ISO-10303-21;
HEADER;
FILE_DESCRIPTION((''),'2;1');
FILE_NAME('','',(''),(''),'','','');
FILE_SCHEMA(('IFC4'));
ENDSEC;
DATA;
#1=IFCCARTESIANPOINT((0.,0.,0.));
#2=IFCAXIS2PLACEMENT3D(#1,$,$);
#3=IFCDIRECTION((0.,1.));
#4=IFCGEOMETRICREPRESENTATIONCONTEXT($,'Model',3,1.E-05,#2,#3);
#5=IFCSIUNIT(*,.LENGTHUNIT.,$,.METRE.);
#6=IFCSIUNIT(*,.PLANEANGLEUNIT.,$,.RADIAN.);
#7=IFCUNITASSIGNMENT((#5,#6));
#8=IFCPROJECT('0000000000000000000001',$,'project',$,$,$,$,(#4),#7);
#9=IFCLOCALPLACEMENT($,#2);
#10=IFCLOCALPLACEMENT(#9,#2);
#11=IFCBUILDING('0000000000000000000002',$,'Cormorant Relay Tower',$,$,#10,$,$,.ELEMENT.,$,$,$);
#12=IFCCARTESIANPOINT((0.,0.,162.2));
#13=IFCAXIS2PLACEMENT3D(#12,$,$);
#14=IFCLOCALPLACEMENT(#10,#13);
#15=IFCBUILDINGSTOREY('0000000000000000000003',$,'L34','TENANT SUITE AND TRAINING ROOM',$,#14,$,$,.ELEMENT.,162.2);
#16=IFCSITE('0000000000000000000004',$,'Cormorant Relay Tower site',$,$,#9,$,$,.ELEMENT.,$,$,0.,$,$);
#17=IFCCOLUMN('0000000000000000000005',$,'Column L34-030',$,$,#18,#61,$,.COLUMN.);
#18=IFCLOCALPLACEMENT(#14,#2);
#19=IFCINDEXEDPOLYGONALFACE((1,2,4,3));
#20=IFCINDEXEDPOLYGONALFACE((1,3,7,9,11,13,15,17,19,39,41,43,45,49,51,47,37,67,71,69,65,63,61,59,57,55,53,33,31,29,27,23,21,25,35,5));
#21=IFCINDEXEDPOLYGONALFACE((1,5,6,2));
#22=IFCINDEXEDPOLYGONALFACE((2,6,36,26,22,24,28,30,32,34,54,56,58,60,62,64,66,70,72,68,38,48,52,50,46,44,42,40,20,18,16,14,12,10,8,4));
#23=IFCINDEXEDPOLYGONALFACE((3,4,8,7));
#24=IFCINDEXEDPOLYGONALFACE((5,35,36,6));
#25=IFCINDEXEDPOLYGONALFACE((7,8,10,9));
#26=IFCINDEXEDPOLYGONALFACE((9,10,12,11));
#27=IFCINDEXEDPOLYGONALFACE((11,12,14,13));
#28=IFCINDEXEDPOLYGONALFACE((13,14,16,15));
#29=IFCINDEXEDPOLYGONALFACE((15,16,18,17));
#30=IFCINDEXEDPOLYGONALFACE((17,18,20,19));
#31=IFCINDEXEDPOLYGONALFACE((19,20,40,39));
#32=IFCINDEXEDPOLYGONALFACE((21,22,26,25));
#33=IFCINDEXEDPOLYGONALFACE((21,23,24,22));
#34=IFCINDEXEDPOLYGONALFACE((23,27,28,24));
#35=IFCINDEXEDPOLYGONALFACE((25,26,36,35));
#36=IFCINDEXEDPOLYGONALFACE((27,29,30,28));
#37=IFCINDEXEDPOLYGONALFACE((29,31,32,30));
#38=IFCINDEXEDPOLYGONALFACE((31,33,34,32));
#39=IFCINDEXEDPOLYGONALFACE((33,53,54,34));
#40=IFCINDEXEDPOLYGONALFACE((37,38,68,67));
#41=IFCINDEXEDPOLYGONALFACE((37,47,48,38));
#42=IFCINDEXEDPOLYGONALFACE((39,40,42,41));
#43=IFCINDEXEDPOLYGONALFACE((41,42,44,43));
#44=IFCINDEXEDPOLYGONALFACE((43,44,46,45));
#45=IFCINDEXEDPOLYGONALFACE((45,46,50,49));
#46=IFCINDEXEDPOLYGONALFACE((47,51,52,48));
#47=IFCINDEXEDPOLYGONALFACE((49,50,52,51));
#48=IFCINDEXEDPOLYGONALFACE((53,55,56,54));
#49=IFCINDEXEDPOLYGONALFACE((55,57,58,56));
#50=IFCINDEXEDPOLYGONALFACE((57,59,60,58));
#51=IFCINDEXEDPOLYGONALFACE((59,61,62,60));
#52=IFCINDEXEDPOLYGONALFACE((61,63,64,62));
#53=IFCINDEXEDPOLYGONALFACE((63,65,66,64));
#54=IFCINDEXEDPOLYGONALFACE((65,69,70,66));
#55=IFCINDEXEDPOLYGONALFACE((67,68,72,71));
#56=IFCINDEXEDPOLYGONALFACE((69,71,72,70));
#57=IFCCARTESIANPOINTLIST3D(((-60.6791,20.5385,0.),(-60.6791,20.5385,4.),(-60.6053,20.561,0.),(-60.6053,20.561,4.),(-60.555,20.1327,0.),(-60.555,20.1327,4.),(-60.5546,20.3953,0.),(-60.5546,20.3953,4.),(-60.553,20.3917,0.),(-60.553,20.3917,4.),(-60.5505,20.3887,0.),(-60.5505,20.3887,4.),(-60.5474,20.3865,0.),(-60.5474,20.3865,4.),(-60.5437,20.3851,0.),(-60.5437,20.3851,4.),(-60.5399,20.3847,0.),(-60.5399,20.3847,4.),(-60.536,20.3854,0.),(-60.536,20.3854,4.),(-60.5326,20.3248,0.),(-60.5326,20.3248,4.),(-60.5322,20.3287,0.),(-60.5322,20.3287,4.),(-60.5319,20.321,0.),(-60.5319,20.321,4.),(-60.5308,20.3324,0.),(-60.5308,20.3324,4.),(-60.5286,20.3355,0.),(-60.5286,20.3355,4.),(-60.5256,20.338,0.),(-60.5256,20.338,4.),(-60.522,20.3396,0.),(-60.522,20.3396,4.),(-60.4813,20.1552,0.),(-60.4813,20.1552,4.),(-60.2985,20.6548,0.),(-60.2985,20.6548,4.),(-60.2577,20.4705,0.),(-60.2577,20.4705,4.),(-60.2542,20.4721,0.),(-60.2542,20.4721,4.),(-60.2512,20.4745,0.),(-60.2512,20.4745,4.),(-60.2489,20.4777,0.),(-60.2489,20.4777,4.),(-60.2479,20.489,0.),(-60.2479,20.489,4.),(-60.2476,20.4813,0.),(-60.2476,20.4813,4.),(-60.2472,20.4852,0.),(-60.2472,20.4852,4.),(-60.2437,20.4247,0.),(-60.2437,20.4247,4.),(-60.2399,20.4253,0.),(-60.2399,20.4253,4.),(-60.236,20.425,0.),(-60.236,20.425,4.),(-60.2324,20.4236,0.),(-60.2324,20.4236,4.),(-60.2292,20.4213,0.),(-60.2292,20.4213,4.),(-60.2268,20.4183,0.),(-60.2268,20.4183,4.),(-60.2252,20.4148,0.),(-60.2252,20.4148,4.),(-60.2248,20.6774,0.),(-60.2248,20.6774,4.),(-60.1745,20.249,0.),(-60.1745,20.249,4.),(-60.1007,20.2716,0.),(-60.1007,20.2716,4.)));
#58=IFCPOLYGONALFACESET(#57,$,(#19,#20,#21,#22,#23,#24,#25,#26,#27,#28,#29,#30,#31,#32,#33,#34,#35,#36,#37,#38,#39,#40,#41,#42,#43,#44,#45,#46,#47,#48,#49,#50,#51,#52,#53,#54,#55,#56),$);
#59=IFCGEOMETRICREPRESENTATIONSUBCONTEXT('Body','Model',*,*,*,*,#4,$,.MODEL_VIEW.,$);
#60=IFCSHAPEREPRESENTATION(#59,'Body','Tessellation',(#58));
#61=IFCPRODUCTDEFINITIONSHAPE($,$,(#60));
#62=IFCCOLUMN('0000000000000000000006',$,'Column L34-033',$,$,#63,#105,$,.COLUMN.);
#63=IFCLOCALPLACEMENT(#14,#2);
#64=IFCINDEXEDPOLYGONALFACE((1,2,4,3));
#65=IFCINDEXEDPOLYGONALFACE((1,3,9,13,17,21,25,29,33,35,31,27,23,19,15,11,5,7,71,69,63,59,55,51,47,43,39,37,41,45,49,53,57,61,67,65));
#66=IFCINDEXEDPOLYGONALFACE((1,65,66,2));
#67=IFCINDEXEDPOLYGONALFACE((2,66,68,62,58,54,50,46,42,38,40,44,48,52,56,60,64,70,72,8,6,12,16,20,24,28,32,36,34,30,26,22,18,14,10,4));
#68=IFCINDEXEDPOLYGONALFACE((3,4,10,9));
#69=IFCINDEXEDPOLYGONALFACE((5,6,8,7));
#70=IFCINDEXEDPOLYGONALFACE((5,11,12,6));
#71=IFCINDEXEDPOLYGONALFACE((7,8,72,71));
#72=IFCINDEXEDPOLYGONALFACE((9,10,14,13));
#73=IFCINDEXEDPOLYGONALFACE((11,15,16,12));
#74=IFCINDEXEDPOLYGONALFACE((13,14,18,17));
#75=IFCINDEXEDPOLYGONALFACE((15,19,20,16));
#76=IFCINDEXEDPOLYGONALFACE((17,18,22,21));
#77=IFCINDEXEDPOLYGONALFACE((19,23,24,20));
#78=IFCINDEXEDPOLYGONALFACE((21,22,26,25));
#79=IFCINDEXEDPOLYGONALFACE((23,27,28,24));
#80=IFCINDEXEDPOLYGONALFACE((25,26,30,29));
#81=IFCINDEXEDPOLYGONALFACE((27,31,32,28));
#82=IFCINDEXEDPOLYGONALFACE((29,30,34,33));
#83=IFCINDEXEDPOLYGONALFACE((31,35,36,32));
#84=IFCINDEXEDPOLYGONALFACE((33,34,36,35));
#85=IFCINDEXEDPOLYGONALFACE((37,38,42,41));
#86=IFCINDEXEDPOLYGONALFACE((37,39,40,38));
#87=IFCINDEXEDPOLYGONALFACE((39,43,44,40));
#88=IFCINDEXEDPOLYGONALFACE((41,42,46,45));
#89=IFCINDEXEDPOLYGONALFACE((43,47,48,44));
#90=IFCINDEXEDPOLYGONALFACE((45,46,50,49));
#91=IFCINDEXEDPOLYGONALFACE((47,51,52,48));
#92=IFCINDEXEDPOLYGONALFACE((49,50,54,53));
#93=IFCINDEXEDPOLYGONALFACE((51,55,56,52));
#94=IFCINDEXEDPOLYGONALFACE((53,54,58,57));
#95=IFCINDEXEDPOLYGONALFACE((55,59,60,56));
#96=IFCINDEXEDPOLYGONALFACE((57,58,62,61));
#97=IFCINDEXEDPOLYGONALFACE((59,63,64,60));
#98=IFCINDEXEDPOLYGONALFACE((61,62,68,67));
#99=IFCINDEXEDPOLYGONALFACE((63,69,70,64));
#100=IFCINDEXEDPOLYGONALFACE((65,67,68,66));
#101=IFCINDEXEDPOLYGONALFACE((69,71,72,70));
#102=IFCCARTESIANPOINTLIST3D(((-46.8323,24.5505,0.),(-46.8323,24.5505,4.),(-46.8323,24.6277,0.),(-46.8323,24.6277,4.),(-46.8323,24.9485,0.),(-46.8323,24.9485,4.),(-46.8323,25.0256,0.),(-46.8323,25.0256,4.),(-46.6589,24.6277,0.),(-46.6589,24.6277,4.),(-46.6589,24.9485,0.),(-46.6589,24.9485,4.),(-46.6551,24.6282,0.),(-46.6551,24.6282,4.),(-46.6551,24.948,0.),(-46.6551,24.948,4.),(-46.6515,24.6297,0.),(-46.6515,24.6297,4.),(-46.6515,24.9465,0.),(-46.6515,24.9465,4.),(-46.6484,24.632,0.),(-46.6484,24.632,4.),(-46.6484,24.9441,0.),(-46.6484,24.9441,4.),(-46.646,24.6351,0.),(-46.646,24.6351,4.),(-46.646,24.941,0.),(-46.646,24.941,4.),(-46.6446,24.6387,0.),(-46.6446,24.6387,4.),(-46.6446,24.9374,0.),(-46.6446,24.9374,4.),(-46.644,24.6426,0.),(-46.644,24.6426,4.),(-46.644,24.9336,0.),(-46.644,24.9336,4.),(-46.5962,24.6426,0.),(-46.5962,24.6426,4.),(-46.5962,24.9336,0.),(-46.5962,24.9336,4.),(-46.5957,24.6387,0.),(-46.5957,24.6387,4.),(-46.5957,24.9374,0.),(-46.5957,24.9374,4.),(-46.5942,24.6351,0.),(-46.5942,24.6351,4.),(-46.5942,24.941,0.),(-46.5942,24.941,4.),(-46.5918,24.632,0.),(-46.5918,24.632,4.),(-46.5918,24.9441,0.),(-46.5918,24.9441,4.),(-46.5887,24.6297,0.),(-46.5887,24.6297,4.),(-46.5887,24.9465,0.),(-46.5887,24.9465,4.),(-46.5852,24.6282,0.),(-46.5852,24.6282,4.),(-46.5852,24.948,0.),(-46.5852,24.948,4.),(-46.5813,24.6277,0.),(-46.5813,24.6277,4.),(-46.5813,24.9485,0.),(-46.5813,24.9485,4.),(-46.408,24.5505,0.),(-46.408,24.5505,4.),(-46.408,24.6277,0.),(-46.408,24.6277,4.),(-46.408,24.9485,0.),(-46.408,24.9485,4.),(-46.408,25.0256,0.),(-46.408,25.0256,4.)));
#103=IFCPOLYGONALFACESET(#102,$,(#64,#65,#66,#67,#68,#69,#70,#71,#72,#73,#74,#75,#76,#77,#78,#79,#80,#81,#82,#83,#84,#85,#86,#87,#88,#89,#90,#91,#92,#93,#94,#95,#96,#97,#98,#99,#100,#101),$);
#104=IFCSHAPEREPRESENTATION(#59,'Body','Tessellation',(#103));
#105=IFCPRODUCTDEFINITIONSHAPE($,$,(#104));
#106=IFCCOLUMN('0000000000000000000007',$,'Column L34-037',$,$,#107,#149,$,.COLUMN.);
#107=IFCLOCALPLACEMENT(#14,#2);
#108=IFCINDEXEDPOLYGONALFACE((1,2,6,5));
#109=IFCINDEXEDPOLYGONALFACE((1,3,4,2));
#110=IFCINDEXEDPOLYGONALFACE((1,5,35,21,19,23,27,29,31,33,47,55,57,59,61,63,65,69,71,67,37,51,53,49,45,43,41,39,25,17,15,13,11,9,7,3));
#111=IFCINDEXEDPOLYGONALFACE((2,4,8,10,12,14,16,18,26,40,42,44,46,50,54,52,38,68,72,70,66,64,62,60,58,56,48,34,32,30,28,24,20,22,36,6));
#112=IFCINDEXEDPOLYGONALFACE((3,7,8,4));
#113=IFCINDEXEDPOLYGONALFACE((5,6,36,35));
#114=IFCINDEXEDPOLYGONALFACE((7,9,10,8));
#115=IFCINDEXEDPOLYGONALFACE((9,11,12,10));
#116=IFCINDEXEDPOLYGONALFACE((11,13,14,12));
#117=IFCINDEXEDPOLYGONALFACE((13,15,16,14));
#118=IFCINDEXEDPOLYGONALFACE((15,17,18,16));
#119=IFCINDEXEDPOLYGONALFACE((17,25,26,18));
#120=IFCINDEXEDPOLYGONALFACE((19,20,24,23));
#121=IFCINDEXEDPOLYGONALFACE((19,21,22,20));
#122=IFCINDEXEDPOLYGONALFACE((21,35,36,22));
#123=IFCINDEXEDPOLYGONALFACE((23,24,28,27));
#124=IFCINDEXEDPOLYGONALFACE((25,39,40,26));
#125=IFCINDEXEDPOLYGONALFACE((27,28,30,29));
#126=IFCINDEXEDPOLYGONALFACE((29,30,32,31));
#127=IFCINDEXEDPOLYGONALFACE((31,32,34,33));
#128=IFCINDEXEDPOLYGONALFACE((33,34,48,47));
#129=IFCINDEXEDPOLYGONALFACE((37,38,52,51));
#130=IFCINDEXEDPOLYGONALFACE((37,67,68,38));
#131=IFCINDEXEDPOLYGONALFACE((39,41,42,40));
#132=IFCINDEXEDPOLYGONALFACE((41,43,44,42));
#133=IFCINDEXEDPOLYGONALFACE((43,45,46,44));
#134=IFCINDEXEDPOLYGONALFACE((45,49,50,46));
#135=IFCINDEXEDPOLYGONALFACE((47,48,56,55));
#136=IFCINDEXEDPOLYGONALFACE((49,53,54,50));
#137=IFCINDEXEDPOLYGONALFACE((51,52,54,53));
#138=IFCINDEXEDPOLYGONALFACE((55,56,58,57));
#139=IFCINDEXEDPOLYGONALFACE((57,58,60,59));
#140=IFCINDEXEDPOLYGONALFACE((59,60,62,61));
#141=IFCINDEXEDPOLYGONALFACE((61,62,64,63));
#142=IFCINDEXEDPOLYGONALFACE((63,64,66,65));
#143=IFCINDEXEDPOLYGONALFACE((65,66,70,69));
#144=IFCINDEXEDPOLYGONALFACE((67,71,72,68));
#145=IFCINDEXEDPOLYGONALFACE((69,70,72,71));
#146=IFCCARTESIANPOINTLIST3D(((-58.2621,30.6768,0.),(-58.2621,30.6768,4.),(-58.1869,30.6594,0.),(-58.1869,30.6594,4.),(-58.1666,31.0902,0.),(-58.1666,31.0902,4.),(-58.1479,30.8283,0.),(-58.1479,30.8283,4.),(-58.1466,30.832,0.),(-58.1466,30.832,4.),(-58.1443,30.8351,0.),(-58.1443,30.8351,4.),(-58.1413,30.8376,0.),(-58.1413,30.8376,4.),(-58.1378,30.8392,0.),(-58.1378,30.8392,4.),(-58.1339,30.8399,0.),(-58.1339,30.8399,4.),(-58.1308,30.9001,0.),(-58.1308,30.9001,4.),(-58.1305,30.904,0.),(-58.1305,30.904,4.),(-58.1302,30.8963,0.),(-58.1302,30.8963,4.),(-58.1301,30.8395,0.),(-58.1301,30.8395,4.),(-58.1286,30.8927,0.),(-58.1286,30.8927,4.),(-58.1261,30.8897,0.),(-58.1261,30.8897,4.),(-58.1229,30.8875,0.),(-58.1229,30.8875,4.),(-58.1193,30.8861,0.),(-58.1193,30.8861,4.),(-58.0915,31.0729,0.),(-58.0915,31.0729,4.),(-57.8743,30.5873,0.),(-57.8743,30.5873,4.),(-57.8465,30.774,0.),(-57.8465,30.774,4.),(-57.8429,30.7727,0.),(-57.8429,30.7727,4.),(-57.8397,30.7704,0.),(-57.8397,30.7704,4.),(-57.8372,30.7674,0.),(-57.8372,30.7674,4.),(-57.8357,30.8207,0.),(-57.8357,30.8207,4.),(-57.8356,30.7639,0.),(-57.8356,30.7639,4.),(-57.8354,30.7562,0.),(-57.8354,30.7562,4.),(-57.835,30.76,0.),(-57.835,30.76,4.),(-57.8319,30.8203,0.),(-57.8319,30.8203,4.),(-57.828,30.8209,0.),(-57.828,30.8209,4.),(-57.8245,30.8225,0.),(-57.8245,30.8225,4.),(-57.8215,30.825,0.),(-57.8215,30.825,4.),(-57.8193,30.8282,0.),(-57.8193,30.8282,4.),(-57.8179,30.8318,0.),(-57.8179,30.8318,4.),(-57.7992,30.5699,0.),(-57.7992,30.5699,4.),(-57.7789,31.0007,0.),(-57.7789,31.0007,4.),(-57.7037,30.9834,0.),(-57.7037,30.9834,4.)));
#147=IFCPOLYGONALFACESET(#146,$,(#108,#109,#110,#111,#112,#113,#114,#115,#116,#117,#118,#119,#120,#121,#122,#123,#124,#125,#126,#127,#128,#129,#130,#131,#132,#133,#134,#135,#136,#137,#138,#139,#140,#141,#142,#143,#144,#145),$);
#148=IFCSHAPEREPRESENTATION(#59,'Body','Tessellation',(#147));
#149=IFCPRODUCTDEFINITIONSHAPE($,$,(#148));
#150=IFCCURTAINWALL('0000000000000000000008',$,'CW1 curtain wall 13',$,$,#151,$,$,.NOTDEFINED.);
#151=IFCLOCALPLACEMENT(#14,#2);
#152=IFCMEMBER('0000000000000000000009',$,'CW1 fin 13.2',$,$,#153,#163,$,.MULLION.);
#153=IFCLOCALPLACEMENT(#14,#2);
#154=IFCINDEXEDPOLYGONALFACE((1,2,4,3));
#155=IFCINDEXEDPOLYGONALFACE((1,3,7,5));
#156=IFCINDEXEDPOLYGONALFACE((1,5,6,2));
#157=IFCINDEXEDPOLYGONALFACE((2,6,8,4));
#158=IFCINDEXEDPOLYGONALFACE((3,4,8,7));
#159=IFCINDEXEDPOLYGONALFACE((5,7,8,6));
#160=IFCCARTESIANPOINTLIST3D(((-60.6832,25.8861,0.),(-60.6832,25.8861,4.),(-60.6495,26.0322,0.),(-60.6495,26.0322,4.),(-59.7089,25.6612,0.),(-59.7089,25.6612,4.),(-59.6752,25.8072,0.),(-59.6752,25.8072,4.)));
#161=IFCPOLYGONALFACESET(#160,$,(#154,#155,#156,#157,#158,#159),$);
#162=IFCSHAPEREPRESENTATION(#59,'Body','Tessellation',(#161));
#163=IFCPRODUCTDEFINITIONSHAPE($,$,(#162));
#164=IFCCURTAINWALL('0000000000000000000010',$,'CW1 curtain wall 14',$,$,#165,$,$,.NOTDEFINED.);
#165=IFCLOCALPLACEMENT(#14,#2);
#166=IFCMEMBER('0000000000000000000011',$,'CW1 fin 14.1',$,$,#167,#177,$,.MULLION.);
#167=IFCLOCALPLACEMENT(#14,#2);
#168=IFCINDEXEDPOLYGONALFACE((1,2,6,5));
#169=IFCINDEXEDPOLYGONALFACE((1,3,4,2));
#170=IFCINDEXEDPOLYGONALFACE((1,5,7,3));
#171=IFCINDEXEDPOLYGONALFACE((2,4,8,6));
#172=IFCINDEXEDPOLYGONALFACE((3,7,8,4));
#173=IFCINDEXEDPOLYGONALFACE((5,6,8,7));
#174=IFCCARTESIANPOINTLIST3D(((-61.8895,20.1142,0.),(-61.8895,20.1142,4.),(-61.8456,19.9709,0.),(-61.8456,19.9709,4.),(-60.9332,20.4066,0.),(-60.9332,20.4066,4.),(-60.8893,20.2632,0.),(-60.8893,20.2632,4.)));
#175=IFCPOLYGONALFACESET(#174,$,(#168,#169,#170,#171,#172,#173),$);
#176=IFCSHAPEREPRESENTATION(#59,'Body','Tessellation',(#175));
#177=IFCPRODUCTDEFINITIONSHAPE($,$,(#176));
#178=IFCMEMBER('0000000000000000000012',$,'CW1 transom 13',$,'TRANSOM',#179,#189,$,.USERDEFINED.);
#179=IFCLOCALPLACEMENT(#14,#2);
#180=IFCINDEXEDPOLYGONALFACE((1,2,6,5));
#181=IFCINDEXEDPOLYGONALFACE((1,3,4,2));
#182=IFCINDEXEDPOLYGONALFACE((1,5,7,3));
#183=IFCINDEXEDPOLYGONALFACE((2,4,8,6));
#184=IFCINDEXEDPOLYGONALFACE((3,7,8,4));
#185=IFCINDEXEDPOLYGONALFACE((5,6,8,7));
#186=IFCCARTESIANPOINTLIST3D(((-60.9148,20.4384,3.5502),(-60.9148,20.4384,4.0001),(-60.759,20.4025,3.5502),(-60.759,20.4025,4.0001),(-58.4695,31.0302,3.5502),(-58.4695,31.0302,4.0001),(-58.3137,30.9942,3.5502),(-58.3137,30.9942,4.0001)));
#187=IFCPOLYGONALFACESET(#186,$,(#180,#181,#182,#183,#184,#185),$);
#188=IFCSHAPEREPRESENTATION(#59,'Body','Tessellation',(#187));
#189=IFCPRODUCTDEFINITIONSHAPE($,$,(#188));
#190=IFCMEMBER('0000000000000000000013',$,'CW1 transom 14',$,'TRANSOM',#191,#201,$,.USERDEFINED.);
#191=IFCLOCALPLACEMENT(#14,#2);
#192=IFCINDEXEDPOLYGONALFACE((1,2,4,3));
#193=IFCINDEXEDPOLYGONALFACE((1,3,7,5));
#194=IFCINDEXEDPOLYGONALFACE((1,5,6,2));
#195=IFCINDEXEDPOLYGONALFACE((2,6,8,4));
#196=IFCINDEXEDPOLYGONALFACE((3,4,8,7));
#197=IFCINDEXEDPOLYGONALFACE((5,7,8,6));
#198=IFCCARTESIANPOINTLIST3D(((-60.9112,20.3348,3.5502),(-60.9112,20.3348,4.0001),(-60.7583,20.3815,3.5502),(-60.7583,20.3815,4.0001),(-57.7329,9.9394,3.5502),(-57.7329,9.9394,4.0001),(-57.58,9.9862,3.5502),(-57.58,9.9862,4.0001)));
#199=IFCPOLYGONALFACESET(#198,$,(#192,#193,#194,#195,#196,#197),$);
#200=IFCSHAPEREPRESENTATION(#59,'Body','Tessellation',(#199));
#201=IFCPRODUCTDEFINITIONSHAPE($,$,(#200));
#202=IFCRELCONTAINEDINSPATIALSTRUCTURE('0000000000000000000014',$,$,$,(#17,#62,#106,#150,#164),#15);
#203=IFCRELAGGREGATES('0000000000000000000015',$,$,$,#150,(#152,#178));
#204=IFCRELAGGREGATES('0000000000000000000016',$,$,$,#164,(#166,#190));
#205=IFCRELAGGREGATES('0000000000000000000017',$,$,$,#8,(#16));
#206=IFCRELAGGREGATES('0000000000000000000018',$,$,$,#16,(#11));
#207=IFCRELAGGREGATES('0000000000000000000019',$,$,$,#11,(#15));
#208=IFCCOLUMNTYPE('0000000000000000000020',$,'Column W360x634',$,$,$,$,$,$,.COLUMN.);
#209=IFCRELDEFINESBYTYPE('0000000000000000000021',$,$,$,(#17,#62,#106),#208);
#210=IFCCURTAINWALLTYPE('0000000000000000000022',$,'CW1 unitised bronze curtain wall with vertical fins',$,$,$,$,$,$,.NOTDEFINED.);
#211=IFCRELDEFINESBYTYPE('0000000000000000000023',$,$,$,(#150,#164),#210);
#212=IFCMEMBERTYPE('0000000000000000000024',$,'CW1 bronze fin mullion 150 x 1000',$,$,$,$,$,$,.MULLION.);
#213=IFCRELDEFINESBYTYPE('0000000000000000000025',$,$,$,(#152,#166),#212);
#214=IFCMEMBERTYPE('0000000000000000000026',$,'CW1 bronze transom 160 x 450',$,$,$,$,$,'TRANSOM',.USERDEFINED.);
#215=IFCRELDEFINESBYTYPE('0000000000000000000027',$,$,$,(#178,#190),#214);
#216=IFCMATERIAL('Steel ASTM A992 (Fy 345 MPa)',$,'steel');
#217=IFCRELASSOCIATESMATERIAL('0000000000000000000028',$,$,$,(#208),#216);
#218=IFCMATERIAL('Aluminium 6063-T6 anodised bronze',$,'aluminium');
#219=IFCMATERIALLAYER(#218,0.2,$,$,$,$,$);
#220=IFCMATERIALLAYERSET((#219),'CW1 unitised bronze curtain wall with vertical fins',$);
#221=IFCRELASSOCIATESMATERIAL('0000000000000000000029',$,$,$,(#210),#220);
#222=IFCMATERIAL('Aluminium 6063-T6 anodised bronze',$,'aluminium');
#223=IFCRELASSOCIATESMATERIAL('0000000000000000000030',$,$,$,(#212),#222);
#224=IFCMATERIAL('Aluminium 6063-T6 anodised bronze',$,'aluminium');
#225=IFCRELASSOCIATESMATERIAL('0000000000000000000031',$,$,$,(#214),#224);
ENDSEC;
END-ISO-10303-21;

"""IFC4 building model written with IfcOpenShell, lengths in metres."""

from ifc_helpers import new_model, si_unit, direction, frame, origin, origin_2d, place, context, subcontext, project, spatial, rectangle, i_section, extrude, material, layer, layer_set, material_profile, profile_set, type_object, element, aggregate, save


model = new_model("IFC4")

# Units and contexts
model_context = context("Model", 3, precision=1e-05, world=origin(), true_north=direction((0.0, 1.0)))
body_context = subcontext(model_context, "Body", "Model", "MODEL_VIEW")
ifc_project = project(units=[si_unit("LENGTHUNIT", "METRE"), si_unit("PLANEANGLEUNIT", "RADIAN")], contexts=[model_context])

# Site, building, storey
site_placement = place(None, origin())
site = spatial("IfcSite", under=ifc_project, at=site_placement, Name="Cormorant Relay Tower site", CompositionType="ELEMENT", RefElevation=0.0)
building_placement = place(site_placement, origin())
building = spatial("IfcBuilding", under=site, at=building_placement, Name="Cormorant Relay Tower", CompositionType="ELEMENT")
storey_placement = place(building_placement, frame((0.0, 0.0, 162.2)))
storey = spatial("IfcBuildingStorey", under=building, at=storey_placement, Name="L34", Description="TENANT SUITE AND TRAINING ROOM", CompositionType="ELEMENT", Elevation=162.2)

# Columns
ifc_material_1 = material(Name="Steel ASTM A992 (Fy 345 MPa)", Category="steel")
ifc_material_profile_1 = material_profile(ifc_material_1, i_section(OverallWidth=0.4243, OverallDepth=0.4751, WebThickness=0.0479, FlangeThickness=0.0771, FilletRadius=0.0149, at=origin_2d()), Name="W360x634")
ifc_profile_set_1 = profile_set([ifc_material_profile_1], Name="Steel ASTM A992 (Fy 345 MPa)")
column_type = type_object("IfcColumnType", Name="Column W360x634", PredefinedType="COLUMN", material=ifc_profile_set_1)
for number, where, z_axis, x_axis, name in (
    (1, (-60.3899, 20.405, 0.0), (0.0, 0.0, 1.0), (0.292372, -0.956305, 0.0), "Column L34-030"),
    (2, (-46.6201, 24.7881, 0.0), (0.0, 0.0, 1.0), (1.0, 0.0, 0.0), "Column L34-033"),
    (3, (-57.9829, 30.8301, 0.0), (0.0, 0.0, 1.0), (-0.224951, -0.97437, 0.0), "Column L34-037"),
):
    element("IfcColumn", number, at=place(storey_placement, frame(where, z_axis=z_axis, x_axis=x_axis)), inside=storey, type_object=column_type, Name=name, PredefinedType="COLUMN", context=body_context, shape_type="SweptSolid", body=[
        extrude(i_section(OverallWidth=0.4243, OverallDepth=0.4751, WebThickness=0.0479, FlangeThickness=0.0771, FilletRadius=0.0149, at=origin_2d()), origin(), (0.0, 0.0, 1.0), 4.0),
    ])

# Curtain walls, members
ifc_material_2 = material(Name="Aluminium 6063-T6 anodised bronze", Category="aluminium")
ifc_layer_1 = layer(ifc_material_2, 0.2)
ifc_layer_set_1 = layer_set([ifc_layer_1], Name="CW1 unitised bronze curtain wall with vertical fins")
curtain_wall_type = type_object("IfcCurtainWallType", Name="CW1 unitised bronze curtain wall with vertical fins", PredefinedType="NOTDEFINED", material=ifc_layer_set_1)
curtain_wall_1_placement = place(storey_placement, origin())
curtain_wall_1 = element("IfcCurtainWall", 4, at=curtain_wall_1_placement, inside=storey, type_object=curtain_wall_type, Name="CW1 curtain wall 13", PredefinedType="NOTDEFINED")
ifc_material_3 = material(Name="Aluminium 6063-T6 anodised bronze", Category="aluminium")
ifc_material_profile_2 = material_profile(ifc_material_3, rectangle(XDim=0.1499, YDim=1.0, at=origin_2d()), Name="AL 150x1000")
ifc_profile_set_2 = profile_set([ifc_material_profile_2], Name="Aluminium 6063-T6 anodised bronze")
member_type_1 = type_object("IfcMemberType", Name="CW1 bronze fin mullion 150 x 1000", PredefinedType="MULLION", material=ifc_profile_set_2)
member_1_placement = place(storey_placement, frame((-60.1792, 25.8467, 0.0), z_axis=(0.0, 0.0, 1.0), x_axis=(-0.224951, -0.97437, 0.0)))
member_1 = element("IfcMember", 5, at=member_1_placement, type_object=member_type_1, Name="CW1 fin 13.2", PredefinedType="MULLION", context=body_context, shape_type="SweptSolid", body=[
    extrude(rectangle(XDim=0.1499, YDim=1.0, at=origin_2d()), origin(), (0.0, 0.0, 1.0), 4.0),
])
curtain_wall_2_placement = place(storey_placement, origin())
curtain_wall_2 = element("IfcCurtainWall", 6, at=curtain_wall_2_placement, inside=storey, type_object=curtain_wall_type, Name="CW1 curtain wall 14", PredefinedType="NOTDEFINED")
member_2_placement = place(storey_placement, frame((-61.3894, 20.1887, 0.0), z_axis=(0.0, 0.0, 1.0), x_axis=(0.292372, -0.956305, 0.0)))
member_2 = element("IfcMember", 7, at=member_2_placement, type_object=member_type_1, Name="CW1 fin 14.1", PredefinedType="MULLION", context=body_context, shape_type="SweptSolid", body=[
    extrude(rectangle(XDim=0.1499, YDim=1.0, at=origin_2d()), origin(), (0.0, 0.0, 1.0), 4.0),
])

# Members
ifc_material_4 = material(Name="Aluminium 6063-T6 anodised bronze", Category="aluminium")
ifc_material_profile_3 = material_profile(ifc_material_4, rectangle(XDim=0.1599, YDim=0.45, at=origin_2d()), Name="AL 160x450")
ifc_profile_set_3 = profile_set([ifc_material_profile_3], Name="Aluminium 6063-T6 anodised bronze")
member_type_2 = type_object("IfcMemberType", Name="CW1 bronze transom 160 x 450", ElementType="TRANSOM", PredefinedType="USERDEFINED", material=ifc_profile_set_3)
member_3_placement = place(storey_placement, frame((-58.3916, 31.0122, 3.7751), z_axis=(-0.224951, -0.97437, 0.0), x_axis=(0.97437, -0.224951, 0.0)))
member_3 = element("IfcMember", 8, at=member_3_placement, type_object=member_type_2, Name="CW1 transom 13", ObjectType="TRANSOM", PredefinedType="USERDEFINED", context=body_context, shape_type="SweptSolid", body=[
    extrude(rectangle(XDim=0.1599, YDim=0.45, at=origin_2d()), origin(), (0.0, 0.0, 1.0), 10.8704),
])
member_4_placement = place(storey_placement, frame((-60.8347, 20.3582, 3.7751), z_axis=(0.292378, -0.956303, 0.0), x_axis=(0.956303, 0.292378, 0.0)))
member_4 = element("IfcMember", 9, at=member_4_placement, type_object=member_type_2, Name="CW1 transom 14", ObjectType="TRANSOM", PredefinedType="USERDEFINED", context=body_context, shape_type="SweptSolid", body=[
    extrude(rectangle(XDim=0.1599, YDim=0.45, at=origin_2d()), origin(), (0.0, 0.0, 1.0), 10.8704),
])

aggregate(curtain_wall_1, [member_1, member_3])
aggregate(curtain_wall_2, [member_2, member_4])

save(model, "model.ifc")
